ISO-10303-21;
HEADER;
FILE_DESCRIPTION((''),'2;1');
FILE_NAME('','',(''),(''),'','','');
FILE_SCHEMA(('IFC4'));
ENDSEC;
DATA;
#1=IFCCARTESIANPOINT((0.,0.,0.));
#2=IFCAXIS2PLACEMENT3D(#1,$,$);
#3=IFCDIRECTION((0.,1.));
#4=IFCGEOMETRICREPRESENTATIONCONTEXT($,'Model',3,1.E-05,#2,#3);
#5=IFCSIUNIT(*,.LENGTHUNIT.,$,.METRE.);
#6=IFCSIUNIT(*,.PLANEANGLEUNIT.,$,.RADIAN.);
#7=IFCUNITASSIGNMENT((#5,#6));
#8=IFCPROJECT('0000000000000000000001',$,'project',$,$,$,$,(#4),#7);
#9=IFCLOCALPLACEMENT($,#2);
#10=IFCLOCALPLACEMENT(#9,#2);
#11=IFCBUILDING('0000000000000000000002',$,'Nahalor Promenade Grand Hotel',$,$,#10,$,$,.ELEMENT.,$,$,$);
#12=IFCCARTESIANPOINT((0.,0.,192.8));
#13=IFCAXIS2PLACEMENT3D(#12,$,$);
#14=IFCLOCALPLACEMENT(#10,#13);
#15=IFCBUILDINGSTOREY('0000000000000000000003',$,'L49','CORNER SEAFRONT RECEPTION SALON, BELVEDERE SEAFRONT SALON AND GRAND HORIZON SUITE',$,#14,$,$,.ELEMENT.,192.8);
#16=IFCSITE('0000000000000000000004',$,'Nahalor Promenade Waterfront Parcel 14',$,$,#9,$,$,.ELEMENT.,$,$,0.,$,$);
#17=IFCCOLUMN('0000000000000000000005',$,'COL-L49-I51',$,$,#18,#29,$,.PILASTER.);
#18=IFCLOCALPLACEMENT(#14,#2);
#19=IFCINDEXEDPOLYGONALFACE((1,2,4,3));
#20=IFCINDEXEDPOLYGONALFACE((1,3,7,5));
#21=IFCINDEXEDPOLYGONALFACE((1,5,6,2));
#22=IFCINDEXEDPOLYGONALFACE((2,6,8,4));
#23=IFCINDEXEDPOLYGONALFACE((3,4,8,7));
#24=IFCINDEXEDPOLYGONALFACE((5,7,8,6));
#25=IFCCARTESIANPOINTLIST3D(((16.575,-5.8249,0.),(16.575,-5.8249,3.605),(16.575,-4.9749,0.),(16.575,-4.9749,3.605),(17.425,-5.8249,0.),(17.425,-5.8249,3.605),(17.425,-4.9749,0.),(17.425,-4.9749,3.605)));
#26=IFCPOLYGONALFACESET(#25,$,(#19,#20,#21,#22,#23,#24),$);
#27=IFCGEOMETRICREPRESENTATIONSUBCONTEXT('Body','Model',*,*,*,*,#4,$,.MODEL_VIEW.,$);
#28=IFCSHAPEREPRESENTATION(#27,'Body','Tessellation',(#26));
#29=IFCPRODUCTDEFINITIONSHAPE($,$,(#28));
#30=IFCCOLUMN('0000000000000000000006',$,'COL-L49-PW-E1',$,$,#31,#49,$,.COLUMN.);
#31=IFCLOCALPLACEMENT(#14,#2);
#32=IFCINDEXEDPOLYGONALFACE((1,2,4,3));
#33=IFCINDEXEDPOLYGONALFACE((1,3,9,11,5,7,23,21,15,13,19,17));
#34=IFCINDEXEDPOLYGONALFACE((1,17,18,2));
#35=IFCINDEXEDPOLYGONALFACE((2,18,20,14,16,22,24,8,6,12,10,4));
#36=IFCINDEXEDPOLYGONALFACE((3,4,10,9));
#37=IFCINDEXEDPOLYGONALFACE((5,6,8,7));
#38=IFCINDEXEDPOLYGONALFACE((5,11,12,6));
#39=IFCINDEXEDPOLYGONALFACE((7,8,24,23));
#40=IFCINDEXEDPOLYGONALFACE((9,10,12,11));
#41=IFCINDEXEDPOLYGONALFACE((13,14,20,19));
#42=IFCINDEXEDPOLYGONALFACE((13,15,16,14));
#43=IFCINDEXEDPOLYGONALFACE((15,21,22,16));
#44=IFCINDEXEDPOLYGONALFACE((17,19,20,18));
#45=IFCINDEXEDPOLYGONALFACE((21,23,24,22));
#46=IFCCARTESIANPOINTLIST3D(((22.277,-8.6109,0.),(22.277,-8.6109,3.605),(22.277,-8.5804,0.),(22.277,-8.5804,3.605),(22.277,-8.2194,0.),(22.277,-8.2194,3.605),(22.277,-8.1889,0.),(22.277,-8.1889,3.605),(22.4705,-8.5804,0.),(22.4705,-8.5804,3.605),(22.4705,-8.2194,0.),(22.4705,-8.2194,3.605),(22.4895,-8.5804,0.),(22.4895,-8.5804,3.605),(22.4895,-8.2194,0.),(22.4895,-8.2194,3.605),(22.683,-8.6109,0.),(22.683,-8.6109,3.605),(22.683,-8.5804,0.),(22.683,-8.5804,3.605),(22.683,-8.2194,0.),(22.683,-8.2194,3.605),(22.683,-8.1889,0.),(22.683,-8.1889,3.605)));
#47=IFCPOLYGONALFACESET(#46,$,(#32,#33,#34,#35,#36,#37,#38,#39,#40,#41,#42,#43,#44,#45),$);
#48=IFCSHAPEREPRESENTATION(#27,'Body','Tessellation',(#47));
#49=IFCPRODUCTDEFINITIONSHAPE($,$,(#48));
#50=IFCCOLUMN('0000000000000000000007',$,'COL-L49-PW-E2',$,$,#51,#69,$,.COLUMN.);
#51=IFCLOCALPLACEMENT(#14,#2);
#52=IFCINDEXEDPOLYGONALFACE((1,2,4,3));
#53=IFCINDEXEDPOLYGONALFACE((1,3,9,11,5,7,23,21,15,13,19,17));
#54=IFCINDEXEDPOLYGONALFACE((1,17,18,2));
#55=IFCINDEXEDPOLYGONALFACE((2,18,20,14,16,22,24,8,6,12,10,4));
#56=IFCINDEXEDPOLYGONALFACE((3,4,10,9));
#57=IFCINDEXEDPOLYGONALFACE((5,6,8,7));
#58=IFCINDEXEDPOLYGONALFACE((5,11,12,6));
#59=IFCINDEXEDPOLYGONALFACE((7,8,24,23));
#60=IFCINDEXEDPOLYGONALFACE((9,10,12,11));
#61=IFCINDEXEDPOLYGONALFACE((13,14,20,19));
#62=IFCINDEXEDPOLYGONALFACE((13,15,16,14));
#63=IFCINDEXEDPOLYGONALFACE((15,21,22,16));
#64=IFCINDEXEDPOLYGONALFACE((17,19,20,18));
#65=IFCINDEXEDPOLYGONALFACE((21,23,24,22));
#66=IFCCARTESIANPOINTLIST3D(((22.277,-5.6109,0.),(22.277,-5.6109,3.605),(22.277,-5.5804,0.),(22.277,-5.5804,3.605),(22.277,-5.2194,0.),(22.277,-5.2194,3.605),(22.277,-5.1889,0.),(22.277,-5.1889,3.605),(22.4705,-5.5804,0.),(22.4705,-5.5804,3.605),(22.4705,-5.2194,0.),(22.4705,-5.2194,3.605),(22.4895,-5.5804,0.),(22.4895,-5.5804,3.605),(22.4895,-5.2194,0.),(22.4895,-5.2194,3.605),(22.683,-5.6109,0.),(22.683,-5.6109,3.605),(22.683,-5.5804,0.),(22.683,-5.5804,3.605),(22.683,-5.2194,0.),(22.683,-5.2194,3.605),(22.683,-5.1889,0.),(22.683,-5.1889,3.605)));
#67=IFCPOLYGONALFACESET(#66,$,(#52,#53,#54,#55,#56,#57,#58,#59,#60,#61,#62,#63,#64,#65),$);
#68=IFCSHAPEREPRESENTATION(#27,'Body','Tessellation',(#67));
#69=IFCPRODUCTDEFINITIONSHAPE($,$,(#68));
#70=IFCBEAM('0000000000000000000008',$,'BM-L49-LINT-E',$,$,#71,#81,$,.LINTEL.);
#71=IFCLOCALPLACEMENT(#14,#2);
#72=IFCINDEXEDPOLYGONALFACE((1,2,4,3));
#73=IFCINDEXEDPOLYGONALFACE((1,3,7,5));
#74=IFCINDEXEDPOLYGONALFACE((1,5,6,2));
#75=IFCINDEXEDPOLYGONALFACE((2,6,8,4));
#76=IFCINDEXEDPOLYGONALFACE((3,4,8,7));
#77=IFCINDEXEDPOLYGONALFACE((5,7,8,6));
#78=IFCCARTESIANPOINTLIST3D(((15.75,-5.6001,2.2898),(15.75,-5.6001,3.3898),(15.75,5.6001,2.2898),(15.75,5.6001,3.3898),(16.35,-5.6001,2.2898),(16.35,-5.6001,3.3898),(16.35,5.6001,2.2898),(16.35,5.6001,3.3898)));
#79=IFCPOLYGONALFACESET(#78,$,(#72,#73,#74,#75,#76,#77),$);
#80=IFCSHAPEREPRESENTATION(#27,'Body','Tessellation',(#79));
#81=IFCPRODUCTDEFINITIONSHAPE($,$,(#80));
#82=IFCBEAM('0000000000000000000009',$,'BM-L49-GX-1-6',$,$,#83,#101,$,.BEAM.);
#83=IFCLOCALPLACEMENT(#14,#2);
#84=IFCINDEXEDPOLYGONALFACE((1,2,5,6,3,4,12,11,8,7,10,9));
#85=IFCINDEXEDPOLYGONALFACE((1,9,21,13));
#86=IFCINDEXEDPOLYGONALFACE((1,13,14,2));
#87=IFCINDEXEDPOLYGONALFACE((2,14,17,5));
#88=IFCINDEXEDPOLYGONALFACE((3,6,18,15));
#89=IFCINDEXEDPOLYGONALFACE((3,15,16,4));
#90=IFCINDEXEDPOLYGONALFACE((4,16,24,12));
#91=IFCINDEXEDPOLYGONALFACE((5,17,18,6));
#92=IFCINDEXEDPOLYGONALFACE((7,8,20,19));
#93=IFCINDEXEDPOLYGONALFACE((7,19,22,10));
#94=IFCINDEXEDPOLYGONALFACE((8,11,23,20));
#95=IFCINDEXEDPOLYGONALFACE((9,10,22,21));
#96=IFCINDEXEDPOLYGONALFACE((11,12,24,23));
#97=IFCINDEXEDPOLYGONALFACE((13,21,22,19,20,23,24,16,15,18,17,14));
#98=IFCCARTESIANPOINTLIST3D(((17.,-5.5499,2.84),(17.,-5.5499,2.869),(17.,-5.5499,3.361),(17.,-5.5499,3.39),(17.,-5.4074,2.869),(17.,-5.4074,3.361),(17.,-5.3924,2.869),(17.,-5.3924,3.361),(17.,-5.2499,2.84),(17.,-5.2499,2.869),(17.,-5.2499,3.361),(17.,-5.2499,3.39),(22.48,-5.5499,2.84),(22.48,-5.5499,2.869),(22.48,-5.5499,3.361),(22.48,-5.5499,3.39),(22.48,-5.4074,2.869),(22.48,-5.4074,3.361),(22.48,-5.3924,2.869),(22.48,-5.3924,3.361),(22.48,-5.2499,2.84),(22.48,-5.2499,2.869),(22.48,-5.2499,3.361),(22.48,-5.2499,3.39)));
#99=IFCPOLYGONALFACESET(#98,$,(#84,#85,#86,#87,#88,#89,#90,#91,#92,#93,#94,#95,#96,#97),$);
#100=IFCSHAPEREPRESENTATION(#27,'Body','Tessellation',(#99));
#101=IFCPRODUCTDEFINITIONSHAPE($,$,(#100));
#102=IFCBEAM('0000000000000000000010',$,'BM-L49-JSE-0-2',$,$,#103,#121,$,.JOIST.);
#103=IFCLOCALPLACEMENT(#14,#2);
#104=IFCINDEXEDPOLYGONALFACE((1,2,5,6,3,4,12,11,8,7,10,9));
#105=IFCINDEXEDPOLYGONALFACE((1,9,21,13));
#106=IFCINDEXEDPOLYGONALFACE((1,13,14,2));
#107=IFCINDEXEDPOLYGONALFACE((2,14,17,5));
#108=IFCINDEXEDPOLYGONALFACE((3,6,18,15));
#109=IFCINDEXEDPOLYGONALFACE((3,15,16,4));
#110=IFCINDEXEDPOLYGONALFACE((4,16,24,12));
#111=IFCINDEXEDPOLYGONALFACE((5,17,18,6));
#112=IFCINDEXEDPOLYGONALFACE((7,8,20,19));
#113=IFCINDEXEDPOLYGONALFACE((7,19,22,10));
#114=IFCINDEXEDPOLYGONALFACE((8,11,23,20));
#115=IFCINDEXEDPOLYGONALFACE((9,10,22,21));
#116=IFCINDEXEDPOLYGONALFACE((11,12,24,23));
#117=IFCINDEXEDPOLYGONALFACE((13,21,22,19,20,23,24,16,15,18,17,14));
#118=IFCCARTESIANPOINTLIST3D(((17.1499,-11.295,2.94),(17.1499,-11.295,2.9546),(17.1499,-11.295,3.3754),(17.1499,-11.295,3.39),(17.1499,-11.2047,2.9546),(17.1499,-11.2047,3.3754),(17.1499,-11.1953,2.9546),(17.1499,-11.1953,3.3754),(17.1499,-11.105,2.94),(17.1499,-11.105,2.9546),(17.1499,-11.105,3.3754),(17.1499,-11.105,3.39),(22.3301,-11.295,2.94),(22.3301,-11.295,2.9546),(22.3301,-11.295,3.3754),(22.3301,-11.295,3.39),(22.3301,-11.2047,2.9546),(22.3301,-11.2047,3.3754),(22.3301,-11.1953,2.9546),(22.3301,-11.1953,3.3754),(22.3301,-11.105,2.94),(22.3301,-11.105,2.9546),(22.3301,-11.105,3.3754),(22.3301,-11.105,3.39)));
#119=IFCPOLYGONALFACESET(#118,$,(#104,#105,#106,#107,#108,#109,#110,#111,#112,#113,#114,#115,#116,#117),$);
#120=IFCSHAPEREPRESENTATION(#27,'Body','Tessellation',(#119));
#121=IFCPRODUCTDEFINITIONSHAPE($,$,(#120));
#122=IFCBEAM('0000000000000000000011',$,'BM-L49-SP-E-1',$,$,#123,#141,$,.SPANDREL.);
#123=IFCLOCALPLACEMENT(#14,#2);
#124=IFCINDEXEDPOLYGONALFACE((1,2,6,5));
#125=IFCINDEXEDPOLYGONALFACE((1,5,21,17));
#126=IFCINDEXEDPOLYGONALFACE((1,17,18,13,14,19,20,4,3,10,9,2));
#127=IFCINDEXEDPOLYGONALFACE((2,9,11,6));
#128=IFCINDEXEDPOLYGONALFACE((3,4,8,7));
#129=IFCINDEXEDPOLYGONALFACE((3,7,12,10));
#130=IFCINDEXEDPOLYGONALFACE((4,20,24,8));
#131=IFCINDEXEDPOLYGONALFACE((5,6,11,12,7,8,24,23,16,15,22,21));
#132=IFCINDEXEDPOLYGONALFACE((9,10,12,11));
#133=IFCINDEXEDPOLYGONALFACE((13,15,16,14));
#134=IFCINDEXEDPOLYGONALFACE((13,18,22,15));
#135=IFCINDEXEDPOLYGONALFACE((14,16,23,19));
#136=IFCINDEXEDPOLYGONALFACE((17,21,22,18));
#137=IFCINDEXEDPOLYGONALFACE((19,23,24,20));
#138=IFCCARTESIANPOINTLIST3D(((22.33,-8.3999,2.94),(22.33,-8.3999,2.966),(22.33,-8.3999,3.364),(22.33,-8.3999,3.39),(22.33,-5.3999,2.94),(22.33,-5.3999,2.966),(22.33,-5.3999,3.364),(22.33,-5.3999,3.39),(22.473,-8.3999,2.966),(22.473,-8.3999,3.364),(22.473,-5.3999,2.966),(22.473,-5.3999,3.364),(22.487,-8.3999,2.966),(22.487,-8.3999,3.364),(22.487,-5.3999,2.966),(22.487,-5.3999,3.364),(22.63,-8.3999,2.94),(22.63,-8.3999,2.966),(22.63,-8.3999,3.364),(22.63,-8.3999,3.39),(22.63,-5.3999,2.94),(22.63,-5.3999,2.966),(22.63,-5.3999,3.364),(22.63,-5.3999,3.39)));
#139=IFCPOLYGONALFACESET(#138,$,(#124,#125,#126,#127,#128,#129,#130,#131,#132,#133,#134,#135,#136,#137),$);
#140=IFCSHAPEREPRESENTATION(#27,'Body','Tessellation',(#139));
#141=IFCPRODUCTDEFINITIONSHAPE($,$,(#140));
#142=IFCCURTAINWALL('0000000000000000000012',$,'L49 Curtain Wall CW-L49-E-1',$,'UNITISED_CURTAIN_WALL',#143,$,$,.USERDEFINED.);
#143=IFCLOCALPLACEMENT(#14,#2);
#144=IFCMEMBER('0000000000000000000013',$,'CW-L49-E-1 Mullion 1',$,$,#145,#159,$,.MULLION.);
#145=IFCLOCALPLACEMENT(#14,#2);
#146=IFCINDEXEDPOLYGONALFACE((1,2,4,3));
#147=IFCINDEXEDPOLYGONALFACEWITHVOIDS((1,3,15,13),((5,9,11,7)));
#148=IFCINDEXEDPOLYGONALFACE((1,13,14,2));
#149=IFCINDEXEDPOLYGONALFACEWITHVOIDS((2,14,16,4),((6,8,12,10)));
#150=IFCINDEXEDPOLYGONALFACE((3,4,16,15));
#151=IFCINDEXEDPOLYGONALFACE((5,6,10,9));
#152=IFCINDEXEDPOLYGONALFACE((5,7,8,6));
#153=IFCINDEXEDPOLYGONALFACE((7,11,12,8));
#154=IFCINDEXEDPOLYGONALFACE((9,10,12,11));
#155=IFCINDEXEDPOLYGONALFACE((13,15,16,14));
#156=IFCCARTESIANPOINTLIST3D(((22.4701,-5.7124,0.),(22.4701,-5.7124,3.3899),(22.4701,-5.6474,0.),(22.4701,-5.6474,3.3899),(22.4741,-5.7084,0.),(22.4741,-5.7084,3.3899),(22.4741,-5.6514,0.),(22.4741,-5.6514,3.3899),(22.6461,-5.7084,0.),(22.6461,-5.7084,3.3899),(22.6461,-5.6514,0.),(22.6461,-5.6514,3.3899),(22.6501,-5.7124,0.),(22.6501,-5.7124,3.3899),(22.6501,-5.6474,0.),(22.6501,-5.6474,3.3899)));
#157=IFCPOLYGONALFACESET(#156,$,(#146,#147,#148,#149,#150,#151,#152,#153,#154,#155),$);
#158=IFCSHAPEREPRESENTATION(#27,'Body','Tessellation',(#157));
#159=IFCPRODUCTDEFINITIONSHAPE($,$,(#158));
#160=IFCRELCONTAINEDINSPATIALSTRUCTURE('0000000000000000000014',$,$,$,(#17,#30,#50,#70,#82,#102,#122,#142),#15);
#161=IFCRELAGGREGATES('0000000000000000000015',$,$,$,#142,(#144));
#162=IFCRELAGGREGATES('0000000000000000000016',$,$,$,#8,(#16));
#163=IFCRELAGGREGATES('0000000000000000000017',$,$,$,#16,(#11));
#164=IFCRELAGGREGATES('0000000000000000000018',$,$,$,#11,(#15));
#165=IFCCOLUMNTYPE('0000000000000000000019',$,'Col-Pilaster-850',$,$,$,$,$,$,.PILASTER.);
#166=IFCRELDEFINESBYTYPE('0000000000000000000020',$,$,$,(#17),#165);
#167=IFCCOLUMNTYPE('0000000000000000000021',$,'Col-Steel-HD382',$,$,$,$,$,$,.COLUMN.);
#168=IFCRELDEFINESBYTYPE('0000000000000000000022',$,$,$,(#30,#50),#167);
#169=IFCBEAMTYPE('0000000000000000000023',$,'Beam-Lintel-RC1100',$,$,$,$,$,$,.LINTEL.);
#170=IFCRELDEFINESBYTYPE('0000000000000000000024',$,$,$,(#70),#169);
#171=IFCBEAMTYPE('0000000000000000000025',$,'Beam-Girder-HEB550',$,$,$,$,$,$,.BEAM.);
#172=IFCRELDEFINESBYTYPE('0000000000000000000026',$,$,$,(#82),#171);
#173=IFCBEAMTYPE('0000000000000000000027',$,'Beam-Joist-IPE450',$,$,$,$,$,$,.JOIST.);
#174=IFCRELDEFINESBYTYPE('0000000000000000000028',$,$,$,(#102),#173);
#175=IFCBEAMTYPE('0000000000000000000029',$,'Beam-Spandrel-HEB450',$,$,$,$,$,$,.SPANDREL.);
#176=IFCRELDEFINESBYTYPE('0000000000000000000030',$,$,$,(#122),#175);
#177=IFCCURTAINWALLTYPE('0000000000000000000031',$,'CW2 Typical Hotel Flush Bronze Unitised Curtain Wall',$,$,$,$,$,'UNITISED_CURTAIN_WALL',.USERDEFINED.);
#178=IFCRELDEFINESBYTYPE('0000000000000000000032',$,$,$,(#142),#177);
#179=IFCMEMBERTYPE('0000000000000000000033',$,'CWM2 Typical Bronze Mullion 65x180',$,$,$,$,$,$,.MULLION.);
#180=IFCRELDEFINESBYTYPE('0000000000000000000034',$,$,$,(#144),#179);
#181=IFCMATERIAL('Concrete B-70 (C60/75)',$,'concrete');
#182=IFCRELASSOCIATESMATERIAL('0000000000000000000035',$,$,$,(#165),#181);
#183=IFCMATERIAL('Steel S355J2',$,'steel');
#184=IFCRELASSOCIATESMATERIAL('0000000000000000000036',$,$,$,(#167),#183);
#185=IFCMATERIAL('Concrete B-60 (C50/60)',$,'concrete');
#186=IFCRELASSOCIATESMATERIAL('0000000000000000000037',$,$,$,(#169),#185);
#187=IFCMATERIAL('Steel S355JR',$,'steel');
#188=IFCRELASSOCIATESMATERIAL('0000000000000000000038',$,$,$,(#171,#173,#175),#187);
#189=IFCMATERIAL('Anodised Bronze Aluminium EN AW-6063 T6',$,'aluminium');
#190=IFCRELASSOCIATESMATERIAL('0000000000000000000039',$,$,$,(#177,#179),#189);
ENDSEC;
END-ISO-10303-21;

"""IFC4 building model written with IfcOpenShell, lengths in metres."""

from ifc_helpers import new_model, si_unit, direction, frame, origin, origin_2d, place, context, subcontext, project, spatial, rectangle, hollow_rectangle, i_section, extrude, source, transform, mapped, material, material_profile, profile_set, type_object, element, aggregate, save


model = new_model("IFC4")

# Units and contexts
model_context = context("Model", 3, precision=1e-05, world=origin(), true_north=direction((0.0, 1.0)))
body_context = subcontext(model_context, "Body", "Model", "MODEL_VIEW")
ifc_project = project(units=[si_unit("LENGTHUNIT", "METRE"), si_unit("PLANEANGLEUNIT", "RADIAN")], contexts=[model_context])

# Site, building, storey
site_placement = place(None, origin())
site = spatial("IfcSite", under=ifc_project, at=site_placement, Name="Nahalor Promenade Waterfront Parcel 14", CompositionType="ELEMENT", RefElevation=0.0)
building_placement = place(site_placement, origin())
building = spatial("IfcBuilding", under=site, at=building_placement, Name="Nahalor Promenade Grand Hotel", CompositionType="ELEMENT")
storey_placement = place(building_placement, frame((0.0, 0.0, 192.8)))
storey = spatial("IfcBuildingStorey", under=building, at=storey_placement, Name="L49", Description="CORNER SEAFRONT RECEPTION SALON, BELVEDERE SEAFRONT SALON AND GRAND HORIZON SUITE", CompositionType="ELEMENT", Elevation=192.8)

# Columns
ifc_material_1 = material(Name="Concrete B-70 (C60/75)", Category="concrete")
ifc_material_profile_1 = material_profile(ifc_material_1, rectangle(XDim=0.85, YDim=0.85, at=origin_2d()), Name="RC 850x850")
ifc_profile_set_1 = profile_set([ifc_material_profile_1], Name="Concrete B-70 (C60/75)")
column_type_1 = type_object("IfcColumnType", Name="Col-Pilaster-850", PredefinedType="PILASTER", material=ifc_profile_set_1)
shared_shape_1 = source(origin(), body_context, "Body", "SweptSolid", [
    extrude(rectangle(XDim=0.85, YDim=0.85, at=origin_2d()), origin(), (0.0, 0.0, 1.0), 3.605),
])
column_placement = place(storey_placement, frame((17.0, -5.3999, 0.0), z_axis=(0.0, 0.0, 1.0), x_axis=(1.0, 0.0, 0.0)))
element("IfcColumn", 1, at=column_placement, inside=storey, type_object=column_type_1, Name="COL-L49-I51", PredefinedType="PILASTER", context=body_context, shape_type="MappedRepresentation", body=[
    mapped(shared_shape_1, transform((0.0, 0.0, 0.0), scale=1.0)),
])
ifc_material_2 = material(Name="Steel S355J2", Category="steel")
ifc_material_profile_2 = material_profile(ifc_material_2, i_section(OverallWidth=0.406, OverallDepth=0.422, WebThickness=0.019, FlangeThickness=0.0305, at=origin_2d()), Name="HD 400x382")
ifc_profile_set_2 = profile_set([ifc_material_profile_2], Name="Steel S355J2")
column_type_2 = type_object("IfcColumnType", Name="Col-Steel-HD382", PredefinedType="COLUMN", material=ifc_profile_set_2)
shared_shape_2 = source(origin(), body_context, "Body", "SweptSolid", [
    extrude(i_section(OverallWidth=0.406, OverallDepth=0.422, WebThickness=0.019, FlangeThickness=0.0305, at=origin_2d()), origin(), (0.0, 0.0, 1.0), 3.605),
])
for number, where, z_axis, x_axis, name in (
    (2, (22.48, -8.3999, 0.0), (0.0, 0.0, 1.0), (1.0, 0.0, 0.0), "COL-L49-PW-E1"),
    (3, (22.48, -5.3999, 0.0), (0.0, 0.0, 1.0), (1.0, 0.0, 0.0), "COL-L49-PW-E2"),
):
    element("IfcColumn", number, at=place(storey_placement, frame(where, z_axis=z_axis, x_axis=x_axis)), inside=storey, type_object=column_type_2, Name=name, PredefinedType="COLUMN", context=body_context, shape_type="MappedRepresentation", body=[
        mapped(shared_shape_2, transform((0.0, 0.0, 0.0), scale=1.0)),
    ])

# Beams
ifc_material_3 = material(Name="Concrete B-60 (C50/60)", Category="concrete")
ifc_material_profile_3 = material_profile(ifc_material_3, rectangle(XDim=0.6, YDim=1.1, at=origin_2d()), Name="RC 600x1100")
ifc_profile_set_3 = profile_set([ifc_material_profile_3], Name="Concrete B-60 (C50/60)")
beam_type_1 = type_object("IfcBeamType", Name="Beam-Lintel-RC1100", PredefinedType="LINTEL", material=ifc_profile_set_3)
shared_shape_3 = source(origin(), body_context, "Body", "SweptSolid", [
    extrude(rectangle(XDim=0.6, YDim=1.1, at=origin_2d()), origin(), (0.0, 0.0, 1.0), 11.2002),
])
beam_1_placement = place(storey_placement, frame((16.05, -5.6001, 2.8398), z_axis=(0.0, 1.0, 0.0), x_axis=(-1.0, 0.0, 0.0)))
element("IfcBeam", 4, at=beam_1_placement, inside=storey, type_object=beam_type_1, Name="BM-L49-LINT-E", PredefinedType="LINTEL", context=body_context, shape_type="MappedRepresentation", body=[
    mapped(shared_shape_3, transform((0.0, 0.0, 0.0), scale=1.0)),
])
ifc_material_4 = material(Name="Steel S355JR", Category="steel")
ifc_material_profile_4 = material_profile(ifc_material_4, i_section(OverallWidth=0.3, OverallDepth=0.55, WebThickness=0.015, FlangeThickness=0.029, at=origin_2d()), Name="HEB 550")
ifc_profile_set_4 = profile_set([ifc_material_profile_4], Name="Steel S355JR")
beam_type_2 = type_object("IfcBeamType", Name="Beam-Girder-HEB550", PredefinedType="BEAM", material=ifc_profile_set_4)
shared_shape_4 = source(origin(), body_context, "Body", "SweptSolid", [
    extrude(i_section(OverallWidth=0.3, OverallDepth=0.55, WebThickness=0.015, FlangeThickness=0.029, at=origin_2d()), origin(), (0.0, 0.0, 1.0), 5.48),
])
beam_2_placement = place(storey_placement, frame((17.0, -5.3999, 3.115), z_axis=(1.0, 0.0, 0.0), x_axis=(0.0, 1.0, 0.0)))
element("IfcBeam", 5, at=beam_2_placement, inside=storey, type_object=beam_type_2, Name="BM-L49-GX-1-6", PredefinedType="BEAM", context=body_context, shape_type="MappedRepresentation", body=[
    mapped(shared_shape_4, transform((0.0, 0.0, 0.0), scale=1.0)),
])
ifc_material_profile_5 = material_profile(ifc_material_4, i_section(OverallWidth=0.19, OverallDepth=0.45, WebThickness=0.0094, FlangeThickness=0.0146, at=origin_2d()), Name="IPE 450")
ifc_profile_set_5 = profile_set([ifc_material_profile_5], Name="Steel S355JR")
beam_type_3 = type_object("IfcBeamType", Name="Beam-Joist-IPE450", PredefinedType="JOIST", material=ifc_profile_set_5)
shared_shape_5 = source(origin(), body_context, "Body", "SweptSolid", [
    extrude(i_section(OverallWidth=0.19, OverallDepth=0.45, WebThickness=0.0094, FlangeThickness=0.0146, at=origin_2d()), origin(), (0.0, 0.0, 1.0), 5.1802),
])
beam_3_placement = place(storey_placement, frame((17.1499, -11.2, 3.165), z_axis=(1.0, 0.0, 0.0), x_axis=(0.0, 1.0, 0.0)))
element("IfcBeam", 6, at=beam_3_placement, inside=storey, type_object=beam_type_3, Name="BM-L49-JSE-0-2", PredefinedType="JOIST", context=body_context, shape_type="MappedRepresentation", body=[
    mapped(shared_shape_5, transform((0.0, 0.0, 0.0), scale=1.0)),
])
ifc_material_profile_6 = material_profile(ifc_material_4, i_section(OverallWidth=0.3, OverallDepth=0.45, WebThickness=0.014, FlangeThickness=0.026, at=origin_2d()), Name="HEB 450")
ifc_profile_set_6 = profile_set([ifc_material_profile_6], Name="Steel S355JR")
beam_type_4 = type_object("IfcBeamType", Name="Beam-Spandrel-HEB450", PredefinedType="SPANDREL", material=ifc_profile_set_6)
shared_shape_6 = source(origin(), body_context, "Body", "SweptSolid", [
    extrude(i_section(OverallWidth=0.3, OverallDepth=0.45, WebThickness=0.014, FlangeThickness=0.026, at=origin_2d()), origin(), (0.0, 0.0, 1.0), 3.0),
])
beam_4_placement = place(storey_placement, frame((22.48, -8.3999, 3.165), z_axis=(0.0, 1.0, 0.0), x_axis=(-1.0, 0.0, 0.0)))
element("IfcBeam", 7, at=beam_4_placement, inside=storey, type_object=beam_type_4, Name="BM-L49-SP-E-1", PredefinedType="SPANDREL", context=body_context, shape_type="MappedRepresentation", body=[
    mapped(shared_shape_6, transform((0.0, 0.0, 0.0), scale=1.0)),
])

# Curtain wall, member
ifc_material_5 = material(Name="Anodised Bronze Aluminium EN AW-6063 T6", Category="aluminium")
curtain_wall_type = type_object("IfcCurtainWallType", Name="CW2 Typical Hotel Flush Bronze Unitised Curtain Wall", ElementType="UNITISED_CURTAIN_WALL", PredefinedType="USERDEFINED", material=ifc_material_5)
curtain_wall_placement = place(storey_placement, origin())
curtain_wall = element("IfcCurtainWall", 8, at=curtain_wall_placement, inside=storey, type_object=curtain_wall_type, Name="L49 Curtain Wall CW-L49-E-1", ObjectType="UNITISED_CURTAIN_WALL", PredefinedType="USERDEFINED")
ifc_material_profile_7 = material_profile(ifc_material_5, hollow_rectangle(XDim=0.065, YDim=0.18, WallThickness=0.004, at=origin_2d()), Name="CWM 65x180x4")
ifc_profile_set_7 = profile_set([ifc_material_profile_7], Name="Anodised Bronze Aluminium EN AW-6063 T6")
member_type_1 = type_object("IfcMemberType", Name="CWM2 Typical Bronze Mullion 65x180", PredefinedType="MULLION", material=ifc_profile_set_7)
shared_shape_7 = source(origin(), body_context, "Body", "SweptSolid", [
    extrude(hollow_rectangle(XDim=0.065, YDim=0.18, WallThickness=0.004, at=origin_2d()), origin(), (0.0, 0.0, 1.0), 3.3899),
])
member_1_placement = place(storey_placement, frame((22.5601, -5.6799, 0.0), z_axis=(0.0, 0.0, 1.0), x_axis=(0.0, 1.0, 0.0)))
member_1 = element("IfcMember", 9, at=member_1_placement, type_object=member_type_1, Name="CW-L49-E-1 Mullion 1", PredefinedType="MULLION", context=body_context, shape_type="MappedRepresentation", body=[
    mapped(shared_shape_7, transform((0.0, 0.0, 0.0), scale=1.0)),
])
aggregate(curtain_wall, [member_1])

save(model, "model.ifc")
